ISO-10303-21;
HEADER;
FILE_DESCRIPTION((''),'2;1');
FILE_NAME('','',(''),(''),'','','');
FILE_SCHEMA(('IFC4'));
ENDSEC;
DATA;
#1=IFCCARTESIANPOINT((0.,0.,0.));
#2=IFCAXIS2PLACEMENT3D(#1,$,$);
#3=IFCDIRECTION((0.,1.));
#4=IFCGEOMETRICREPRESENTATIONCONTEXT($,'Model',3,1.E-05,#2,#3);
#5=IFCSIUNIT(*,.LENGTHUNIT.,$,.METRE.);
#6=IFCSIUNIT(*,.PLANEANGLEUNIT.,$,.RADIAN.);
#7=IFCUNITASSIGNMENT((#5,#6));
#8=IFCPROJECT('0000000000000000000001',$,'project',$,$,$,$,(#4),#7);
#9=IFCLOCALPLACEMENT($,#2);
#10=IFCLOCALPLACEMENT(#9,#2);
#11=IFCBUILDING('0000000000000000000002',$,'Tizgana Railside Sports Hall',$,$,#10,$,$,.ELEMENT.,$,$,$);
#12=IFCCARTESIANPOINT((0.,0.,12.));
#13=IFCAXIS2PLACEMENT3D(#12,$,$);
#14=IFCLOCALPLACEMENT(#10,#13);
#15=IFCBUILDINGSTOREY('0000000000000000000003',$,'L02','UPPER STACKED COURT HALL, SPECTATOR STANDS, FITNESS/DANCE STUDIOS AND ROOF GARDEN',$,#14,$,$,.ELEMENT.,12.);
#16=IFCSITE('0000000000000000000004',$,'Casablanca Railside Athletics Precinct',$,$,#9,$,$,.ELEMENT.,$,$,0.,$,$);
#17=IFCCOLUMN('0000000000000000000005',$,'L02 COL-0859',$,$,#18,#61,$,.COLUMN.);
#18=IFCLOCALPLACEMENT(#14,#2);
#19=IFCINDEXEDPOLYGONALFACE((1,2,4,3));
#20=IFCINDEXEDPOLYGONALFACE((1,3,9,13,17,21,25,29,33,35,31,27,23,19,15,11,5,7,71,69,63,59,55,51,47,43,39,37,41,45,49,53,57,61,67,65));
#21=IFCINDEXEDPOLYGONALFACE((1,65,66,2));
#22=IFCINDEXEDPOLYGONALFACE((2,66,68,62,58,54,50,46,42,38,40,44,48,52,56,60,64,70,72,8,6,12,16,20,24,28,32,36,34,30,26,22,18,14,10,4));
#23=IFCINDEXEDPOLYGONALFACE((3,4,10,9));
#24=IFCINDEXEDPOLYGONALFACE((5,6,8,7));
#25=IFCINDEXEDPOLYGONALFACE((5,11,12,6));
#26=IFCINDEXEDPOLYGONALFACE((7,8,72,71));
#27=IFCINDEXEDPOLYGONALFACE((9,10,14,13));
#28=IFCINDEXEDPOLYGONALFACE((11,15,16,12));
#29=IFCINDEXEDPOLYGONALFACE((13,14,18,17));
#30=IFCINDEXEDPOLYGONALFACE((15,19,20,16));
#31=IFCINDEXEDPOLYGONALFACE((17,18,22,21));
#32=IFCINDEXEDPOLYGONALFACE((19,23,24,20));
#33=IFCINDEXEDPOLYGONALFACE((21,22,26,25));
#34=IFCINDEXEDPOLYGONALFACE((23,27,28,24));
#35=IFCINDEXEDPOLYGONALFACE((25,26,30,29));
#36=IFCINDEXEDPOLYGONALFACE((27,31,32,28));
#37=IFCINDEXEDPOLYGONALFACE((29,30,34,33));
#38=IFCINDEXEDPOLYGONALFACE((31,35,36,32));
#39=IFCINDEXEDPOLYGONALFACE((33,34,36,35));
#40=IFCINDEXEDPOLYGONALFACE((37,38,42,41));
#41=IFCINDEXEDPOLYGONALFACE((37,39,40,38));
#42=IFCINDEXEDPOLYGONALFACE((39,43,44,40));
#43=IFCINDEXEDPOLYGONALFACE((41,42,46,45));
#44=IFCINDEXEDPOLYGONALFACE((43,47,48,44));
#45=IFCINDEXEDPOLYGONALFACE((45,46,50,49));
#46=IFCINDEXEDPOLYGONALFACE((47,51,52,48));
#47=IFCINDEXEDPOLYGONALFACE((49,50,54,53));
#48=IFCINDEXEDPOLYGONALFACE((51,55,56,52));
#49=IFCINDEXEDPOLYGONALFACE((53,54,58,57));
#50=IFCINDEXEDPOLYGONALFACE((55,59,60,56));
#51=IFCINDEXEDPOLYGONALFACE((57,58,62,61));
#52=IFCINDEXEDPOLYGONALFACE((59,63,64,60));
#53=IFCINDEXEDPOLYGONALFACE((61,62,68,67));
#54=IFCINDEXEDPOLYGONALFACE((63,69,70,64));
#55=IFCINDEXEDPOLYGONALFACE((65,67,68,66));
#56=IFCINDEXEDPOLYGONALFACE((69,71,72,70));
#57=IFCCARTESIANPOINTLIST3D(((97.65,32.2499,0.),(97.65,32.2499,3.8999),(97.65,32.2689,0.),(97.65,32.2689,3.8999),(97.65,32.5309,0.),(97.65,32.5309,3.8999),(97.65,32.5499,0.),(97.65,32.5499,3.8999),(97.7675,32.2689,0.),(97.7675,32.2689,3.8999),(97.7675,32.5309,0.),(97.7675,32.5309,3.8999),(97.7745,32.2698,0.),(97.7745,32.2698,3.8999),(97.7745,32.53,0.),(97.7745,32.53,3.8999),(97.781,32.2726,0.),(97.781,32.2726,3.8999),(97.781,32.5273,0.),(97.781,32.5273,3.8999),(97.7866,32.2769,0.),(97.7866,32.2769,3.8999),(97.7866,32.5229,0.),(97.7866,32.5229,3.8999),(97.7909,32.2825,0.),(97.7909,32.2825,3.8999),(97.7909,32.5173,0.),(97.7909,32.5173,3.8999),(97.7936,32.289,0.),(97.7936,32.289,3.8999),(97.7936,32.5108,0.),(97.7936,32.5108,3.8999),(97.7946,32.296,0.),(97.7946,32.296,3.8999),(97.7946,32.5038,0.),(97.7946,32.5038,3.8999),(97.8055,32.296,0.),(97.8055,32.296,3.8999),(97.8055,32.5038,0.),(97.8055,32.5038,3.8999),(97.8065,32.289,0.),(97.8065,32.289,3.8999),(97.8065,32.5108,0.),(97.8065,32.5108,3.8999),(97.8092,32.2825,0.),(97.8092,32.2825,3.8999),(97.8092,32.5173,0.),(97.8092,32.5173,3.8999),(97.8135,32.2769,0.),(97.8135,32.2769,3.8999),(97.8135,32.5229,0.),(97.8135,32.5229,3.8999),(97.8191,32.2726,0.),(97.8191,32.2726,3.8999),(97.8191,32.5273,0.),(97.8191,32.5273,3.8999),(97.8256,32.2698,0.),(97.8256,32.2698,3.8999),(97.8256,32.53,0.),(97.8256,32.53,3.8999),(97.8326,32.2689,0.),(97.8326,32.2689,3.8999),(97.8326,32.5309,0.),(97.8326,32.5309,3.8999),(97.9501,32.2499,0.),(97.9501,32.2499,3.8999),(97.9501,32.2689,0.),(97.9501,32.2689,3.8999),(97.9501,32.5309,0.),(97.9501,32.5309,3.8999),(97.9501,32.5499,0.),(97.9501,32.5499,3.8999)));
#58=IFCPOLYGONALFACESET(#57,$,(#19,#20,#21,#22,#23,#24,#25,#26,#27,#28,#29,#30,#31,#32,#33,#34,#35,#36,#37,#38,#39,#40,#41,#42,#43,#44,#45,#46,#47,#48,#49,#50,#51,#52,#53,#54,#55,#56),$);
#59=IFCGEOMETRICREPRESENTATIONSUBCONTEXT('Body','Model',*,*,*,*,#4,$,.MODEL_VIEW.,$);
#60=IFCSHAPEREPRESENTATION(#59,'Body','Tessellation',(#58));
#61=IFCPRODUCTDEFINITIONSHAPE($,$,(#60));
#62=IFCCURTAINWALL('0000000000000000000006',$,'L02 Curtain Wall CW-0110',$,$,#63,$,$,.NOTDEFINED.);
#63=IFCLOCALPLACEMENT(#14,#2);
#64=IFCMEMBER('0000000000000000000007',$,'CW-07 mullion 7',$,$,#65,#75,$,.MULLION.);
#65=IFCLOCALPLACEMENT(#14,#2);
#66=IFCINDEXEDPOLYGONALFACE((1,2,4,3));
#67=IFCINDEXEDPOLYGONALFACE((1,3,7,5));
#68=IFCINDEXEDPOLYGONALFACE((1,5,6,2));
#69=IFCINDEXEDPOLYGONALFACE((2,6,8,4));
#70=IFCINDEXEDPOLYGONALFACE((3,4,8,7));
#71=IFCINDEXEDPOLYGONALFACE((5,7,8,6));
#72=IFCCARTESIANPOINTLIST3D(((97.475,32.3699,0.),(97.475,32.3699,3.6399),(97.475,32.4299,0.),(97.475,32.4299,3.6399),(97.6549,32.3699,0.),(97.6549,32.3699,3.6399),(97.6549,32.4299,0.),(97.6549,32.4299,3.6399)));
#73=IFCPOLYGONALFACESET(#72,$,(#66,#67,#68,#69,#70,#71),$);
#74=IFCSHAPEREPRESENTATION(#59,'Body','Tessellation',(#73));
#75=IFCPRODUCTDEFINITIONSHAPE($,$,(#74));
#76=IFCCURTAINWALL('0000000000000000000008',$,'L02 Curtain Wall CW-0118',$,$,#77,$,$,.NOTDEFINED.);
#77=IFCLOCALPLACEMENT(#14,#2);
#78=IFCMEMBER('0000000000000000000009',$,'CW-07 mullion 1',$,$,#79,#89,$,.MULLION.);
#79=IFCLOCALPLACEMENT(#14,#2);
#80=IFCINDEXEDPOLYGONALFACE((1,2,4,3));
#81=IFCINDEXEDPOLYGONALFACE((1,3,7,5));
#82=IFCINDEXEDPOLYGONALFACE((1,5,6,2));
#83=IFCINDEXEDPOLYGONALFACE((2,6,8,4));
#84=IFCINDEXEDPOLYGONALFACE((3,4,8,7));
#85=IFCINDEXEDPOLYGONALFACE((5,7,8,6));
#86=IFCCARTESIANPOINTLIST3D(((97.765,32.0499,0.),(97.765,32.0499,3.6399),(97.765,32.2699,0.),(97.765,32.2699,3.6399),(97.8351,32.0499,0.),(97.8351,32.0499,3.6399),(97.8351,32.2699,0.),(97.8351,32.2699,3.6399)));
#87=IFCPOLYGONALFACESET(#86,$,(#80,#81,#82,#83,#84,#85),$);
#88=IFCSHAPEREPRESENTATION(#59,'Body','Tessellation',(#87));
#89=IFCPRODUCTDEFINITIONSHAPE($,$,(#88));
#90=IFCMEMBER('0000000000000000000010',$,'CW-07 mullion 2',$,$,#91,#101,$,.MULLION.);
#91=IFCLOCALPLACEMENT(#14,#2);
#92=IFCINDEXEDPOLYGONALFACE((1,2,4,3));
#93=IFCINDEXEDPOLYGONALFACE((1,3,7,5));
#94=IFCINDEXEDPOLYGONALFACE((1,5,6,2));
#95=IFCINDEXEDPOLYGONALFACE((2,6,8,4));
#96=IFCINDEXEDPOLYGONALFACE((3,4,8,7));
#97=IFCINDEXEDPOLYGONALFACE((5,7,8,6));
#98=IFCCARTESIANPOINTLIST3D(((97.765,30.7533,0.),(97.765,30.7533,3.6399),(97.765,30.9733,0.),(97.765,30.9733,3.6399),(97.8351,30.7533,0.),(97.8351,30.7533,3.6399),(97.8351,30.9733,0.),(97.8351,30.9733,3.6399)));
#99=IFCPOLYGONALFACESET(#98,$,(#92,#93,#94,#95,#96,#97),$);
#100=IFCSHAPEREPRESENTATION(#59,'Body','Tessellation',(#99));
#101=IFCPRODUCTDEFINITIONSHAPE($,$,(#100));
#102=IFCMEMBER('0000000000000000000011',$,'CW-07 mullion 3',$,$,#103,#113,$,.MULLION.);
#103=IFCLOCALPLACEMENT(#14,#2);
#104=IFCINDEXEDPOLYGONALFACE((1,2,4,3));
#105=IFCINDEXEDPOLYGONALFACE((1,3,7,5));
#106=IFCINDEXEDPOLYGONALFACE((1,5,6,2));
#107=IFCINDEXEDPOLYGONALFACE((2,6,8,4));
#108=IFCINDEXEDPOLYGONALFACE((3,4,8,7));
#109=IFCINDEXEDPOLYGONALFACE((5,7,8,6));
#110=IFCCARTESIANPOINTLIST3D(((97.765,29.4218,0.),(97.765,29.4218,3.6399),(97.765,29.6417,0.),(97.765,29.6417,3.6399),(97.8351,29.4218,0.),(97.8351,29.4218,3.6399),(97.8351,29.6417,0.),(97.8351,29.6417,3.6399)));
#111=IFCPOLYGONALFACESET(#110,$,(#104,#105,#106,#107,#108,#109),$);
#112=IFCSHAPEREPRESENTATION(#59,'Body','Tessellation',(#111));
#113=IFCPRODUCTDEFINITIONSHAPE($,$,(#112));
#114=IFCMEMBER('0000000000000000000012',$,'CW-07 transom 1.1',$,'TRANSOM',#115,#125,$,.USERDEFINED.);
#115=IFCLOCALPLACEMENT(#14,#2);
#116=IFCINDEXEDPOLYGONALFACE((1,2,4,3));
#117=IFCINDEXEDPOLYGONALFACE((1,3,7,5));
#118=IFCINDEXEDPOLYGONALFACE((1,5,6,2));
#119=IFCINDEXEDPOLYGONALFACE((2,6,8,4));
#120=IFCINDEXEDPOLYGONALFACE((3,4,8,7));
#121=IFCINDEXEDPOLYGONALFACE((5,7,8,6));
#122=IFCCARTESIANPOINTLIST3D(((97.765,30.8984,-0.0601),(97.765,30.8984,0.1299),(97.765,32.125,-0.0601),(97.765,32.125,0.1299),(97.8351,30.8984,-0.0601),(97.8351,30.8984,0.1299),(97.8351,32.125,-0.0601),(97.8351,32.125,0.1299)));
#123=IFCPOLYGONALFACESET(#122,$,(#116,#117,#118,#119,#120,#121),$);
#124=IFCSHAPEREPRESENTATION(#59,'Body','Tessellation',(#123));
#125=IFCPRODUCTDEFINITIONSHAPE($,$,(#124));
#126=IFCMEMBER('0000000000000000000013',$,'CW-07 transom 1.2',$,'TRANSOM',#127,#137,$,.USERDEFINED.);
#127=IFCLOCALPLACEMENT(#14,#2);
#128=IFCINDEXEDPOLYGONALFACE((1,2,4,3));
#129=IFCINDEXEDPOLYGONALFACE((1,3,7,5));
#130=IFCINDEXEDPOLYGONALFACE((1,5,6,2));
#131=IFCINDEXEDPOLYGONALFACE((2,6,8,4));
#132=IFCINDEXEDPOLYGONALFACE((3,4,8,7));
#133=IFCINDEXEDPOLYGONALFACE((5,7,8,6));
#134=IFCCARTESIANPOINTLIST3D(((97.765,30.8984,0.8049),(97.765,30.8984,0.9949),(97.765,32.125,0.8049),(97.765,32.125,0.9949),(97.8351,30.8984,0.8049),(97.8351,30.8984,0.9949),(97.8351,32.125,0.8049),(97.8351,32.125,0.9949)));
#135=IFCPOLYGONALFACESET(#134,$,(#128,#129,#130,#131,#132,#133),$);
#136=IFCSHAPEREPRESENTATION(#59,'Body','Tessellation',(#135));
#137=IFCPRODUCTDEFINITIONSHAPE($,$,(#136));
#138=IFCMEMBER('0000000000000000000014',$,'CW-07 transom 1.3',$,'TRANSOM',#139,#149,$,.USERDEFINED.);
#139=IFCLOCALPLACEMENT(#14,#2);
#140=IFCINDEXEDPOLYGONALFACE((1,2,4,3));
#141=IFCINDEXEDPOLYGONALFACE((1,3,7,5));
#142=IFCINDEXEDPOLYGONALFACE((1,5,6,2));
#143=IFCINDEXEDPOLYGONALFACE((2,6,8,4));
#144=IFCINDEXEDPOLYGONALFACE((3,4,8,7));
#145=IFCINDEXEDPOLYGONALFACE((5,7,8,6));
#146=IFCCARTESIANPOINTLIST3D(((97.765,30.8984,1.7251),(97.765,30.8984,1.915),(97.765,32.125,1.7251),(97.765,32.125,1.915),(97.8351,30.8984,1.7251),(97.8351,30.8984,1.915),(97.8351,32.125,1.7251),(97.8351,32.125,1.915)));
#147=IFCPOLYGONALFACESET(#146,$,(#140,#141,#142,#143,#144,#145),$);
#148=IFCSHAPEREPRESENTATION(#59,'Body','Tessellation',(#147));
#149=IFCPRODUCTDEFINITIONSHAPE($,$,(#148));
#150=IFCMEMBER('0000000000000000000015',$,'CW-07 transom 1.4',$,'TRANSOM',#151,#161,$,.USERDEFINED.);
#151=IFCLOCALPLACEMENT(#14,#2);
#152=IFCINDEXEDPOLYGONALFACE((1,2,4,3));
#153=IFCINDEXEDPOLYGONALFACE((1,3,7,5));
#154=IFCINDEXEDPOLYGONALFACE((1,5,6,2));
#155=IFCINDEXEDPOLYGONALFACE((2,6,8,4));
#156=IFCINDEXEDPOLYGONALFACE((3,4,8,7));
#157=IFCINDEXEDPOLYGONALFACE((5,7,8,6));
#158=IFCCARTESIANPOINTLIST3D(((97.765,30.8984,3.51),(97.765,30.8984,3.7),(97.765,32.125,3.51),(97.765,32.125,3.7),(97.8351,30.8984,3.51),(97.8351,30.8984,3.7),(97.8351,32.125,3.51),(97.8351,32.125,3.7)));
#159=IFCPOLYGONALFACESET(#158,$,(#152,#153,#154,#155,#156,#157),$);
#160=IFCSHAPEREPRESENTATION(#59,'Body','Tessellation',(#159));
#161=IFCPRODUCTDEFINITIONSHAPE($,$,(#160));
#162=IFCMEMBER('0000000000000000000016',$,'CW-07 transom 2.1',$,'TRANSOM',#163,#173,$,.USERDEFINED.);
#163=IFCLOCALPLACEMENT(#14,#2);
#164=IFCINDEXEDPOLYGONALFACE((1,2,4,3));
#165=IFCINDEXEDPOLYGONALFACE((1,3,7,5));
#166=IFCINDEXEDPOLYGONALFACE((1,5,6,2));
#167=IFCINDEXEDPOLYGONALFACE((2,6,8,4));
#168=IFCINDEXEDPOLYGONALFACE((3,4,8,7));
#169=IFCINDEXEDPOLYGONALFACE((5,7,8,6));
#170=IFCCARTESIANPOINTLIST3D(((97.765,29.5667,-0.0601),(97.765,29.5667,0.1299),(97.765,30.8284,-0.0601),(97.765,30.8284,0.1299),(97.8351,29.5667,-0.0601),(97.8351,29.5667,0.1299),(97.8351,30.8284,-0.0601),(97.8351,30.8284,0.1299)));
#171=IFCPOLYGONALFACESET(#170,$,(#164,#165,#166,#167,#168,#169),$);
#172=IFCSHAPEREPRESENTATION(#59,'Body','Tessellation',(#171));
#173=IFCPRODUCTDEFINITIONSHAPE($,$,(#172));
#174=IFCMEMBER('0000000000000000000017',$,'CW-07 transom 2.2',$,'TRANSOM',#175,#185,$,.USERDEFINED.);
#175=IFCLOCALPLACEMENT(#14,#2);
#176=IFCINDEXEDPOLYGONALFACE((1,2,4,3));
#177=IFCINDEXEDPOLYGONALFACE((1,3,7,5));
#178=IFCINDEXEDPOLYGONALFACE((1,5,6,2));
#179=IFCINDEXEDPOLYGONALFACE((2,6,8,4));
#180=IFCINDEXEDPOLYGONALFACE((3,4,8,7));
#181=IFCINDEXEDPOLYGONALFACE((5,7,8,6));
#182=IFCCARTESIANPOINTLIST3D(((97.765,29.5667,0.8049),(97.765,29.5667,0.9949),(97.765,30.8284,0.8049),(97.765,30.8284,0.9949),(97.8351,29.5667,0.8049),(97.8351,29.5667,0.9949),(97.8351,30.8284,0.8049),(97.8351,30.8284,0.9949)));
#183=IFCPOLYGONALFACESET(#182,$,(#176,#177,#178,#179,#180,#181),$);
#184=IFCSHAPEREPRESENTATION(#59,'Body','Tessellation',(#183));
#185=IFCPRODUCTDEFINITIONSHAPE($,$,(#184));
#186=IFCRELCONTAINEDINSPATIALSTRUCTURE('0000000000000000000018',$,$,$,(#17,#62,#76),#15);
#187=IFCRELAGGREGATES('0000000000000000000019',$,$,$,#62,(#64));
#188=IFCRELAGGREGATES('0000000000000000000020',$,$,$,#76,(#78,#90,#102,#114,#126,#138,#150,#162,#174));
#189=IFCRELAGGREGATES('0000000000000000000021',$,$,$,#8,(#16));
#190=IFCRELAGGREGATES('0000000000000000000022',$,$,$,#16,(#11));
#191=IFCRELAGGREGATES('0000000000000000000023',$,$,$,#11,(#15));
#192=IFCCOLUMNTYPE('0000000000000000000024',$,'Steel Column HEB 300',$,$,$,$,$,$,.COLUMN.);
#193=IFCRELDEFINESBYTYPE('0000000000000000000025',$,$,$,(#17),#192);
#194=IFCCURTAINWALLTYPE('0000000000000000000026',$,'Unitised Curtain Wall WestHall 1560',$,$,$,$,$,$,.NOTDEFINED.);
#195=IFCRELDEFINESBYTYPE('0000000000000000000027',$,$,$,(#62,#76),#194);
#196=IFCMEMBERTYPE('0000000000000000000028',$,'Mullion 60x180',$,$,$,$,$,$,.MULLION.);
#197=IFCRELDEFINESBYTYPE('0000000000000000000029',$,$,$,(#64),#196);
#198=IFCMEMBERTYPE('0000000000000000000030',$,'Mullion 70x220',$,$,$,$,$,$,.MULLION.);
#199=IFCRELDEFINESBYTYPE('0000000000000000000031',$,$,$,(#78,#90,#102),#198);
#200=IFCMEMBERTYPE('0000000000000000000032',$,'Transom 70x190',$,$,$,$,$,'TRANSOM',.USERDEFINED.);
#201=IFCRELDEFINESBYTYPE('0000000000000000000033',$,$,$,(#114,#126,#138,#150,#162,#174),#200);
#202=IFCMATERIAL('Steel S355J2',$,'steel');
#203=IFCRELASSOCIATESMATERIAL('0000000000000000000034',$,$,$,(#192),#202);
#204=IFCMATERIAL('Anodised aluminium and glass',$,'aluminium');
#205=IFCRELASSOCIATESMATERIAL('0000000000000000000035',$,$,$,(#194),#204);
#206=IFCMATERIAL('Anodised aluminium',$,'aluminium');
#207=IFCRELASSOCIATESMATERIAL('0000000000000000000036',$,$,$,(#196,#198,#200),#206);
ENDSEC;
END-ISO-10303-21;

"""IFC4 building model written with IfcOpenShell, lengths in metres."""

from ifc_helpers import new_model, si_unit, direction, frame, origin, origin_2d, place, context, subcontext, project, spatial, rectangle, i_section, extrude, material, material_profile, profile_set, type_object, element, aggregate, save


model = new_model("IFC4")

# Units and contexts
model_context = context("Model", 3, precision=1e-05, world=origin(), true_north=direction((0.0, 1.0)))
body_context = subcontext(model_context, "Body", "Model", "MODEL_VIEW")
ifc_project = project(units=[si_unit("LENGTHUNIT", "METRE"), si_unit("PLANEANGLEUNIT", "RADIAN")], contexts=[model_context])

# Site, building, storey
site_placement = place(None, origin())
site = spatial("IfcSite", under=ifc_project, at=site_placement, Name="Casablanca Railside Athletics Precinct", CompositionType="ELEMENT", RefElevation=0.0)
building_placement = place(site_placement, origin())
building = spatial("IfcBuilding", under=site, at=building_placement, Name="Tizgana Railside Sports Hall", CompositionType="ELEMENT")
storey_placement = place(building_placement, frame((0.0, 0.0, 12.0)))
storey = spatial("IfcBuildingStorey", under=building, at=storey_placement, Name="L02", Description="UPPER STACKED COURT HALL, SPECTATOR STANDS, FITNESS/DANCE STUDIOS AND ROOF GARDEN", CompositionType="ELEMENT", Elevation=12.0)

# Column
ifc_material_1 = material(Name="Steel S355J2", Category="steel")
ifc_material_profile_1 = material_profile(ifc_material_1, i_section(OverallWidth=0.3, OverallDepth=0.3, WebThickness=0.011, FlangeThickness=0.019, FilletRadius=0.0271, at=origin_2d()), Name="HEB 300")
ifc_profile_set_1 = profile_set([ifc_material_profile_1], Name="Steel S355J2")
column_type = type_object("IfcColumnType", Name="Steel Column HEB 300", PredefinedType="COLUMN", material=ifc_profile_set_1)
column_placement = place(storey_placement, frame((97.8, 32.3999, 0.0), z_axis=(0.0, 0.0, 1.0), x_axis=(1.0, 0.0, 0.0)))
element("IfcColumn", 1, at=column_placement, inside=storey, type_object=column_type, Name="L02 COL-0859", PredefinedType="COLUMN", context=body_context, shape_type="SweptSolid", body=[
    extrude(i_section(OverallWidth=0.3, OverallDepth=0.3, WebThickness=0.011, FlangeThickness=0.019, FilletRadius=0.0271, at=origin_2d()), origin(), (0.0, 0.0, 1.0), 3.8999),
])

# Curtain wall, member
ifc_material_2 = material(Name="Anodised aluminium and glass", Category="aluminium")
curtain_wall_type = type_object("IfcCurtainWallType", Name="Unitised Curtain Wall WestHall 1560", PredefinedType="NOTDEFINED", material=ifc_material_2)
curtain_wall_1_placement = place(storey_placement, origin())
curtain_wall_1 = element("IfcCurtainWall", 2, at=curtain_wall_1_placement, inside=storey, type_object=curtain_wall_type, Name="L02 Curtain Wall CW-0110", PredefinedType="NOTDEFINED")
ifc_material_3 = material(Name="Anodised aluminium", Category="aluminium")
ifc_material_profile_2 = material_profile(ifc_material_3, rectangle(XDim=0.0601, YDim=0.1799, at=origin_2d()), Name="Mullion 60x180")
ifc_profile_set_2 = profile_set([ifc_material_profile_2], Name="Anodised aluminium")
member_type_1 = type_object("IfcMemberType", Name="Mullion 60x180", PredefinedType="MULLION", material=ifc_profile_set_2)
member_1_placement = place(storey_placement, frame((97.5649, 32.3999, 0.0), z_axis=(0.0, 0.0, 1.0), x_axis=(0.0, 1.0, 0.0)))
member_1 = element("IfcMember", 3, at=member_1_placement, type_object=member_type_1, Name="CW-07 mullion 7", PredefinedType="MULLION", context=body_context, shape_type="SweptSolid", body=[
    extrude(rectangle(XDim=0.0601, YDim=0.1799, at=origin_2d()), origin(), (0.0, 0.0, 1.0), 3.6399),
])

# Curtain wall, members
curtain_wall_2_placement = place(storey_placement, origin())
curtain_wall_2 = element("IfcCurtainWall", 4, at=curtain_wall_2_placement, inside=storey, type_object=curtain_wall_type, Name="L02 Curtain Wall CW-0118", PredefinedType="NOTDEFINED")
ifc_material_profile_3 = material_profile(ifc_material_3, rectangle(XDim=0.0701, YDim=0.22, at=origin_2d()), Name="Mullion 70x220")
ifc_profile_set_3 = profile_set([ifc_material_profile_3], Name="Anodised aluminium")
member_type_2 = type_object("IfcMemberType", Name="Mullion 70x220", PredefinedType="MULLION", material=ifc_profile_set_3)
member_2_placement = place(storey_placement, frame((97.8, 32.1599, 0.0), z_axis=(0.0, 0.0, 1.0), x_axis=(1.0, 0.0, 0.0)))
member_2 = element("IfcMember", 5, at=member_2_placement, type_object=member_type_2, Name="CW-07 mullion 1", PredefinedType="MULLION", context=body_context, shape_type="SweptSolid", body=[
    extrude(rectangle(XDim=0.0701, YDim=0.22, at=origin_2d()), origin(), (0.0, 0.0, 1.0), 3.6399),
])
member_3_placement = place(storey_placement, frame((97.8, 30.8633, 0.0), z_axis=(0.0, 0.0, 1.0), x_axis=(1.0, 0.0, 0.0)))
member_3 = element("IfcMember", 6, at=member_3_placement, type_object=member_type_2, Name="CW-07 mullion 2", PredefinedType="MULLION", context=body_context, shape_type="SweptSolid", body=[
    extrude(rectangle(XDim=0.0701, YDim=0.22, at=origin_2d()), origin(), (0.0, 0.0, 1.0), 3.6399),
])
member_4_placement = place(storey_placement, frame((97.8, 29.5317, 0.0), z_axis=(0.0, 0.0, 1.0), x_axis=(1.0, 0.0, 0.0)))
member_4 = element("IfcMember", 7, at=member_4_placement, type_object=member_type_2, Name="CW-07 mullion 3", PredefinedType="MULLION", context=body_context, shape_type="SweptSolid", body=[
    extrude(rectangle(XDim=0.0701, YDim=0.22, at=origin_2d()), origin(), (0.0, 0.0, 1.0), 3.6399),
])
ifc_material_profile_4 = material_profile(ifc_material_3, rectangle(XDim=0.0701, YDim=0.1899, at=origin_2d()), Name="Transom 70x190")
ifc_profile_set_4 = profile_set([ifc_material_profile_4], Name="Anodised aluminium")
member_type_3 = type_object("IfcMemberType", Name="Transom 70x190", ElementType="TRANSOM", PredefinedType="USERDEFINED", material=ifc_profile_set_4)
member_5_placement = place(storey_placement, frame((97.8, 32.125, 0.0349), z_axis=(0.0, -1.0, 0.0), x_axis=(1.0, 0.0, 0.0)))
member_5 = element("IfcMember", 8, at=member_5_placement, type_object=member_type_3, Name="CW-07 transom 1.1", ObjectType="TRANSOM", PredefinedType="USERDEFINED", context=body_context, shape_type="SweptSolid", body=[
    extrude(rectangle(XDim=0.0701, YDim=0.1899, at=origin_2d()), origin(), (0.0, 0.0, 1.0), 1.2266),
])
member_6_placement = place(storey_placement, frame((97.8, 32.125, 0.8999), z_axis=(0.0, -1.0, 0.0), x_axis=(1.0, 0.0, 0.0)))
member_6 = element("IfcMember", 9, at=member_6_placement, type_object=member_type_3, Name="CW-07 transom 1.2", ObjectType="TRANSOM", PredefinedType="USERDEFINED", context=body_context, shape_type="SweptSolid", body=[
    extrude(rectangle(XDim=0.0701, YDim=0.1899, at=origin_2d()), origin(), (0.0, 0.0, 1.0), 1.2266),
])
member_7_placement = place(storey_placement, frame((97.8, 32.125, 1.8201), z_axis=(0.0, -1.0, 0.0), x_axis=(1.0, 0.0, 0.0)))
member_7 = element("IfcMember", 10, at=member_7_placement, type_object=member_type_3, Name="CW-07 transom 1.3", ObjectType="TRANSOM", PredefinedType="USERDEFINED", context=body_context, shape_type="SweptSolid", body=[
    extrude(rectangle(XDim=0.0701, YDim=0.1899, at=origin_2d()), origin(), (0.0, 0.0, 1.0), 1.2266),
])
member_8_placement = place(storey_placement, frame((97.8, 32.125, 3.605), z_axis=(0.0, -1.0, 0.0), x_axis=(1.0, 0.0, 0.0)))
member_8 = element("IfcMember", 11, at=member_8_placement, type_object=member_type_3, Name="CW-07 transom 1.4", ObjectType="TRANSOM", PredefinedType="USERDEFINED", context=body_context, shape_type="SweptSolid", body=[
    extrude(rectangle(XDim=0.0701, YDim=0.1899, at=origin_2d()), origin(), (0.0, 0.0, 1.0), 1.2266),
])
member_9_placement = place(storey_placement, frame((97.8, 30.8284, 0.0349), z_axis=(0.0, -1.0, 0.0), x_axis=(1.0, 0.0, 0.0)))
member_9 = element("IfcMember", 12, at=member_9_placement, type_object=member_type_3, Name="CW-07 transom 2.1", ObjectType="TRANSOM", PredefinedType="USERDEFINED", context=body_context, shape_type="SweptSolid", body=[
    extrude(rectangle(XDim=0.0701, YDim=0.1899, at=origin_2d()), origin(), (0.0, 0.0, 1.0), 1.2617),
])
member_10_placement = place(storey_placement, frame((97.8, 30.8284, 0.8999), z_axis=(0.0, -1.0, 0.0), x_axis=(1.0, 0.0, 0.0)))
member_10 = element("IfcMember", 13, at=member_10_placement, type_object=member_type_3, Name="CW-07 transom 2.2", ObjectType="TRANSOM", PredefinedType="USERDEFINED", context=body_context, shape_type="SweptSolid", body=[
    extrude(rectangle(XDim=0.0701, YDim=0.1899, at=origin_2d()), origin(), (0.0, 0.0, 1.0), 1.2617),
])

aggregate(curtain_wall_1, [member_1])
aggregate(curtain_wall_2, [member_2, member_3, member_4, member_5, member_6, member_7, member_8, member_9, member_10])

save(model, "model.ifc")
